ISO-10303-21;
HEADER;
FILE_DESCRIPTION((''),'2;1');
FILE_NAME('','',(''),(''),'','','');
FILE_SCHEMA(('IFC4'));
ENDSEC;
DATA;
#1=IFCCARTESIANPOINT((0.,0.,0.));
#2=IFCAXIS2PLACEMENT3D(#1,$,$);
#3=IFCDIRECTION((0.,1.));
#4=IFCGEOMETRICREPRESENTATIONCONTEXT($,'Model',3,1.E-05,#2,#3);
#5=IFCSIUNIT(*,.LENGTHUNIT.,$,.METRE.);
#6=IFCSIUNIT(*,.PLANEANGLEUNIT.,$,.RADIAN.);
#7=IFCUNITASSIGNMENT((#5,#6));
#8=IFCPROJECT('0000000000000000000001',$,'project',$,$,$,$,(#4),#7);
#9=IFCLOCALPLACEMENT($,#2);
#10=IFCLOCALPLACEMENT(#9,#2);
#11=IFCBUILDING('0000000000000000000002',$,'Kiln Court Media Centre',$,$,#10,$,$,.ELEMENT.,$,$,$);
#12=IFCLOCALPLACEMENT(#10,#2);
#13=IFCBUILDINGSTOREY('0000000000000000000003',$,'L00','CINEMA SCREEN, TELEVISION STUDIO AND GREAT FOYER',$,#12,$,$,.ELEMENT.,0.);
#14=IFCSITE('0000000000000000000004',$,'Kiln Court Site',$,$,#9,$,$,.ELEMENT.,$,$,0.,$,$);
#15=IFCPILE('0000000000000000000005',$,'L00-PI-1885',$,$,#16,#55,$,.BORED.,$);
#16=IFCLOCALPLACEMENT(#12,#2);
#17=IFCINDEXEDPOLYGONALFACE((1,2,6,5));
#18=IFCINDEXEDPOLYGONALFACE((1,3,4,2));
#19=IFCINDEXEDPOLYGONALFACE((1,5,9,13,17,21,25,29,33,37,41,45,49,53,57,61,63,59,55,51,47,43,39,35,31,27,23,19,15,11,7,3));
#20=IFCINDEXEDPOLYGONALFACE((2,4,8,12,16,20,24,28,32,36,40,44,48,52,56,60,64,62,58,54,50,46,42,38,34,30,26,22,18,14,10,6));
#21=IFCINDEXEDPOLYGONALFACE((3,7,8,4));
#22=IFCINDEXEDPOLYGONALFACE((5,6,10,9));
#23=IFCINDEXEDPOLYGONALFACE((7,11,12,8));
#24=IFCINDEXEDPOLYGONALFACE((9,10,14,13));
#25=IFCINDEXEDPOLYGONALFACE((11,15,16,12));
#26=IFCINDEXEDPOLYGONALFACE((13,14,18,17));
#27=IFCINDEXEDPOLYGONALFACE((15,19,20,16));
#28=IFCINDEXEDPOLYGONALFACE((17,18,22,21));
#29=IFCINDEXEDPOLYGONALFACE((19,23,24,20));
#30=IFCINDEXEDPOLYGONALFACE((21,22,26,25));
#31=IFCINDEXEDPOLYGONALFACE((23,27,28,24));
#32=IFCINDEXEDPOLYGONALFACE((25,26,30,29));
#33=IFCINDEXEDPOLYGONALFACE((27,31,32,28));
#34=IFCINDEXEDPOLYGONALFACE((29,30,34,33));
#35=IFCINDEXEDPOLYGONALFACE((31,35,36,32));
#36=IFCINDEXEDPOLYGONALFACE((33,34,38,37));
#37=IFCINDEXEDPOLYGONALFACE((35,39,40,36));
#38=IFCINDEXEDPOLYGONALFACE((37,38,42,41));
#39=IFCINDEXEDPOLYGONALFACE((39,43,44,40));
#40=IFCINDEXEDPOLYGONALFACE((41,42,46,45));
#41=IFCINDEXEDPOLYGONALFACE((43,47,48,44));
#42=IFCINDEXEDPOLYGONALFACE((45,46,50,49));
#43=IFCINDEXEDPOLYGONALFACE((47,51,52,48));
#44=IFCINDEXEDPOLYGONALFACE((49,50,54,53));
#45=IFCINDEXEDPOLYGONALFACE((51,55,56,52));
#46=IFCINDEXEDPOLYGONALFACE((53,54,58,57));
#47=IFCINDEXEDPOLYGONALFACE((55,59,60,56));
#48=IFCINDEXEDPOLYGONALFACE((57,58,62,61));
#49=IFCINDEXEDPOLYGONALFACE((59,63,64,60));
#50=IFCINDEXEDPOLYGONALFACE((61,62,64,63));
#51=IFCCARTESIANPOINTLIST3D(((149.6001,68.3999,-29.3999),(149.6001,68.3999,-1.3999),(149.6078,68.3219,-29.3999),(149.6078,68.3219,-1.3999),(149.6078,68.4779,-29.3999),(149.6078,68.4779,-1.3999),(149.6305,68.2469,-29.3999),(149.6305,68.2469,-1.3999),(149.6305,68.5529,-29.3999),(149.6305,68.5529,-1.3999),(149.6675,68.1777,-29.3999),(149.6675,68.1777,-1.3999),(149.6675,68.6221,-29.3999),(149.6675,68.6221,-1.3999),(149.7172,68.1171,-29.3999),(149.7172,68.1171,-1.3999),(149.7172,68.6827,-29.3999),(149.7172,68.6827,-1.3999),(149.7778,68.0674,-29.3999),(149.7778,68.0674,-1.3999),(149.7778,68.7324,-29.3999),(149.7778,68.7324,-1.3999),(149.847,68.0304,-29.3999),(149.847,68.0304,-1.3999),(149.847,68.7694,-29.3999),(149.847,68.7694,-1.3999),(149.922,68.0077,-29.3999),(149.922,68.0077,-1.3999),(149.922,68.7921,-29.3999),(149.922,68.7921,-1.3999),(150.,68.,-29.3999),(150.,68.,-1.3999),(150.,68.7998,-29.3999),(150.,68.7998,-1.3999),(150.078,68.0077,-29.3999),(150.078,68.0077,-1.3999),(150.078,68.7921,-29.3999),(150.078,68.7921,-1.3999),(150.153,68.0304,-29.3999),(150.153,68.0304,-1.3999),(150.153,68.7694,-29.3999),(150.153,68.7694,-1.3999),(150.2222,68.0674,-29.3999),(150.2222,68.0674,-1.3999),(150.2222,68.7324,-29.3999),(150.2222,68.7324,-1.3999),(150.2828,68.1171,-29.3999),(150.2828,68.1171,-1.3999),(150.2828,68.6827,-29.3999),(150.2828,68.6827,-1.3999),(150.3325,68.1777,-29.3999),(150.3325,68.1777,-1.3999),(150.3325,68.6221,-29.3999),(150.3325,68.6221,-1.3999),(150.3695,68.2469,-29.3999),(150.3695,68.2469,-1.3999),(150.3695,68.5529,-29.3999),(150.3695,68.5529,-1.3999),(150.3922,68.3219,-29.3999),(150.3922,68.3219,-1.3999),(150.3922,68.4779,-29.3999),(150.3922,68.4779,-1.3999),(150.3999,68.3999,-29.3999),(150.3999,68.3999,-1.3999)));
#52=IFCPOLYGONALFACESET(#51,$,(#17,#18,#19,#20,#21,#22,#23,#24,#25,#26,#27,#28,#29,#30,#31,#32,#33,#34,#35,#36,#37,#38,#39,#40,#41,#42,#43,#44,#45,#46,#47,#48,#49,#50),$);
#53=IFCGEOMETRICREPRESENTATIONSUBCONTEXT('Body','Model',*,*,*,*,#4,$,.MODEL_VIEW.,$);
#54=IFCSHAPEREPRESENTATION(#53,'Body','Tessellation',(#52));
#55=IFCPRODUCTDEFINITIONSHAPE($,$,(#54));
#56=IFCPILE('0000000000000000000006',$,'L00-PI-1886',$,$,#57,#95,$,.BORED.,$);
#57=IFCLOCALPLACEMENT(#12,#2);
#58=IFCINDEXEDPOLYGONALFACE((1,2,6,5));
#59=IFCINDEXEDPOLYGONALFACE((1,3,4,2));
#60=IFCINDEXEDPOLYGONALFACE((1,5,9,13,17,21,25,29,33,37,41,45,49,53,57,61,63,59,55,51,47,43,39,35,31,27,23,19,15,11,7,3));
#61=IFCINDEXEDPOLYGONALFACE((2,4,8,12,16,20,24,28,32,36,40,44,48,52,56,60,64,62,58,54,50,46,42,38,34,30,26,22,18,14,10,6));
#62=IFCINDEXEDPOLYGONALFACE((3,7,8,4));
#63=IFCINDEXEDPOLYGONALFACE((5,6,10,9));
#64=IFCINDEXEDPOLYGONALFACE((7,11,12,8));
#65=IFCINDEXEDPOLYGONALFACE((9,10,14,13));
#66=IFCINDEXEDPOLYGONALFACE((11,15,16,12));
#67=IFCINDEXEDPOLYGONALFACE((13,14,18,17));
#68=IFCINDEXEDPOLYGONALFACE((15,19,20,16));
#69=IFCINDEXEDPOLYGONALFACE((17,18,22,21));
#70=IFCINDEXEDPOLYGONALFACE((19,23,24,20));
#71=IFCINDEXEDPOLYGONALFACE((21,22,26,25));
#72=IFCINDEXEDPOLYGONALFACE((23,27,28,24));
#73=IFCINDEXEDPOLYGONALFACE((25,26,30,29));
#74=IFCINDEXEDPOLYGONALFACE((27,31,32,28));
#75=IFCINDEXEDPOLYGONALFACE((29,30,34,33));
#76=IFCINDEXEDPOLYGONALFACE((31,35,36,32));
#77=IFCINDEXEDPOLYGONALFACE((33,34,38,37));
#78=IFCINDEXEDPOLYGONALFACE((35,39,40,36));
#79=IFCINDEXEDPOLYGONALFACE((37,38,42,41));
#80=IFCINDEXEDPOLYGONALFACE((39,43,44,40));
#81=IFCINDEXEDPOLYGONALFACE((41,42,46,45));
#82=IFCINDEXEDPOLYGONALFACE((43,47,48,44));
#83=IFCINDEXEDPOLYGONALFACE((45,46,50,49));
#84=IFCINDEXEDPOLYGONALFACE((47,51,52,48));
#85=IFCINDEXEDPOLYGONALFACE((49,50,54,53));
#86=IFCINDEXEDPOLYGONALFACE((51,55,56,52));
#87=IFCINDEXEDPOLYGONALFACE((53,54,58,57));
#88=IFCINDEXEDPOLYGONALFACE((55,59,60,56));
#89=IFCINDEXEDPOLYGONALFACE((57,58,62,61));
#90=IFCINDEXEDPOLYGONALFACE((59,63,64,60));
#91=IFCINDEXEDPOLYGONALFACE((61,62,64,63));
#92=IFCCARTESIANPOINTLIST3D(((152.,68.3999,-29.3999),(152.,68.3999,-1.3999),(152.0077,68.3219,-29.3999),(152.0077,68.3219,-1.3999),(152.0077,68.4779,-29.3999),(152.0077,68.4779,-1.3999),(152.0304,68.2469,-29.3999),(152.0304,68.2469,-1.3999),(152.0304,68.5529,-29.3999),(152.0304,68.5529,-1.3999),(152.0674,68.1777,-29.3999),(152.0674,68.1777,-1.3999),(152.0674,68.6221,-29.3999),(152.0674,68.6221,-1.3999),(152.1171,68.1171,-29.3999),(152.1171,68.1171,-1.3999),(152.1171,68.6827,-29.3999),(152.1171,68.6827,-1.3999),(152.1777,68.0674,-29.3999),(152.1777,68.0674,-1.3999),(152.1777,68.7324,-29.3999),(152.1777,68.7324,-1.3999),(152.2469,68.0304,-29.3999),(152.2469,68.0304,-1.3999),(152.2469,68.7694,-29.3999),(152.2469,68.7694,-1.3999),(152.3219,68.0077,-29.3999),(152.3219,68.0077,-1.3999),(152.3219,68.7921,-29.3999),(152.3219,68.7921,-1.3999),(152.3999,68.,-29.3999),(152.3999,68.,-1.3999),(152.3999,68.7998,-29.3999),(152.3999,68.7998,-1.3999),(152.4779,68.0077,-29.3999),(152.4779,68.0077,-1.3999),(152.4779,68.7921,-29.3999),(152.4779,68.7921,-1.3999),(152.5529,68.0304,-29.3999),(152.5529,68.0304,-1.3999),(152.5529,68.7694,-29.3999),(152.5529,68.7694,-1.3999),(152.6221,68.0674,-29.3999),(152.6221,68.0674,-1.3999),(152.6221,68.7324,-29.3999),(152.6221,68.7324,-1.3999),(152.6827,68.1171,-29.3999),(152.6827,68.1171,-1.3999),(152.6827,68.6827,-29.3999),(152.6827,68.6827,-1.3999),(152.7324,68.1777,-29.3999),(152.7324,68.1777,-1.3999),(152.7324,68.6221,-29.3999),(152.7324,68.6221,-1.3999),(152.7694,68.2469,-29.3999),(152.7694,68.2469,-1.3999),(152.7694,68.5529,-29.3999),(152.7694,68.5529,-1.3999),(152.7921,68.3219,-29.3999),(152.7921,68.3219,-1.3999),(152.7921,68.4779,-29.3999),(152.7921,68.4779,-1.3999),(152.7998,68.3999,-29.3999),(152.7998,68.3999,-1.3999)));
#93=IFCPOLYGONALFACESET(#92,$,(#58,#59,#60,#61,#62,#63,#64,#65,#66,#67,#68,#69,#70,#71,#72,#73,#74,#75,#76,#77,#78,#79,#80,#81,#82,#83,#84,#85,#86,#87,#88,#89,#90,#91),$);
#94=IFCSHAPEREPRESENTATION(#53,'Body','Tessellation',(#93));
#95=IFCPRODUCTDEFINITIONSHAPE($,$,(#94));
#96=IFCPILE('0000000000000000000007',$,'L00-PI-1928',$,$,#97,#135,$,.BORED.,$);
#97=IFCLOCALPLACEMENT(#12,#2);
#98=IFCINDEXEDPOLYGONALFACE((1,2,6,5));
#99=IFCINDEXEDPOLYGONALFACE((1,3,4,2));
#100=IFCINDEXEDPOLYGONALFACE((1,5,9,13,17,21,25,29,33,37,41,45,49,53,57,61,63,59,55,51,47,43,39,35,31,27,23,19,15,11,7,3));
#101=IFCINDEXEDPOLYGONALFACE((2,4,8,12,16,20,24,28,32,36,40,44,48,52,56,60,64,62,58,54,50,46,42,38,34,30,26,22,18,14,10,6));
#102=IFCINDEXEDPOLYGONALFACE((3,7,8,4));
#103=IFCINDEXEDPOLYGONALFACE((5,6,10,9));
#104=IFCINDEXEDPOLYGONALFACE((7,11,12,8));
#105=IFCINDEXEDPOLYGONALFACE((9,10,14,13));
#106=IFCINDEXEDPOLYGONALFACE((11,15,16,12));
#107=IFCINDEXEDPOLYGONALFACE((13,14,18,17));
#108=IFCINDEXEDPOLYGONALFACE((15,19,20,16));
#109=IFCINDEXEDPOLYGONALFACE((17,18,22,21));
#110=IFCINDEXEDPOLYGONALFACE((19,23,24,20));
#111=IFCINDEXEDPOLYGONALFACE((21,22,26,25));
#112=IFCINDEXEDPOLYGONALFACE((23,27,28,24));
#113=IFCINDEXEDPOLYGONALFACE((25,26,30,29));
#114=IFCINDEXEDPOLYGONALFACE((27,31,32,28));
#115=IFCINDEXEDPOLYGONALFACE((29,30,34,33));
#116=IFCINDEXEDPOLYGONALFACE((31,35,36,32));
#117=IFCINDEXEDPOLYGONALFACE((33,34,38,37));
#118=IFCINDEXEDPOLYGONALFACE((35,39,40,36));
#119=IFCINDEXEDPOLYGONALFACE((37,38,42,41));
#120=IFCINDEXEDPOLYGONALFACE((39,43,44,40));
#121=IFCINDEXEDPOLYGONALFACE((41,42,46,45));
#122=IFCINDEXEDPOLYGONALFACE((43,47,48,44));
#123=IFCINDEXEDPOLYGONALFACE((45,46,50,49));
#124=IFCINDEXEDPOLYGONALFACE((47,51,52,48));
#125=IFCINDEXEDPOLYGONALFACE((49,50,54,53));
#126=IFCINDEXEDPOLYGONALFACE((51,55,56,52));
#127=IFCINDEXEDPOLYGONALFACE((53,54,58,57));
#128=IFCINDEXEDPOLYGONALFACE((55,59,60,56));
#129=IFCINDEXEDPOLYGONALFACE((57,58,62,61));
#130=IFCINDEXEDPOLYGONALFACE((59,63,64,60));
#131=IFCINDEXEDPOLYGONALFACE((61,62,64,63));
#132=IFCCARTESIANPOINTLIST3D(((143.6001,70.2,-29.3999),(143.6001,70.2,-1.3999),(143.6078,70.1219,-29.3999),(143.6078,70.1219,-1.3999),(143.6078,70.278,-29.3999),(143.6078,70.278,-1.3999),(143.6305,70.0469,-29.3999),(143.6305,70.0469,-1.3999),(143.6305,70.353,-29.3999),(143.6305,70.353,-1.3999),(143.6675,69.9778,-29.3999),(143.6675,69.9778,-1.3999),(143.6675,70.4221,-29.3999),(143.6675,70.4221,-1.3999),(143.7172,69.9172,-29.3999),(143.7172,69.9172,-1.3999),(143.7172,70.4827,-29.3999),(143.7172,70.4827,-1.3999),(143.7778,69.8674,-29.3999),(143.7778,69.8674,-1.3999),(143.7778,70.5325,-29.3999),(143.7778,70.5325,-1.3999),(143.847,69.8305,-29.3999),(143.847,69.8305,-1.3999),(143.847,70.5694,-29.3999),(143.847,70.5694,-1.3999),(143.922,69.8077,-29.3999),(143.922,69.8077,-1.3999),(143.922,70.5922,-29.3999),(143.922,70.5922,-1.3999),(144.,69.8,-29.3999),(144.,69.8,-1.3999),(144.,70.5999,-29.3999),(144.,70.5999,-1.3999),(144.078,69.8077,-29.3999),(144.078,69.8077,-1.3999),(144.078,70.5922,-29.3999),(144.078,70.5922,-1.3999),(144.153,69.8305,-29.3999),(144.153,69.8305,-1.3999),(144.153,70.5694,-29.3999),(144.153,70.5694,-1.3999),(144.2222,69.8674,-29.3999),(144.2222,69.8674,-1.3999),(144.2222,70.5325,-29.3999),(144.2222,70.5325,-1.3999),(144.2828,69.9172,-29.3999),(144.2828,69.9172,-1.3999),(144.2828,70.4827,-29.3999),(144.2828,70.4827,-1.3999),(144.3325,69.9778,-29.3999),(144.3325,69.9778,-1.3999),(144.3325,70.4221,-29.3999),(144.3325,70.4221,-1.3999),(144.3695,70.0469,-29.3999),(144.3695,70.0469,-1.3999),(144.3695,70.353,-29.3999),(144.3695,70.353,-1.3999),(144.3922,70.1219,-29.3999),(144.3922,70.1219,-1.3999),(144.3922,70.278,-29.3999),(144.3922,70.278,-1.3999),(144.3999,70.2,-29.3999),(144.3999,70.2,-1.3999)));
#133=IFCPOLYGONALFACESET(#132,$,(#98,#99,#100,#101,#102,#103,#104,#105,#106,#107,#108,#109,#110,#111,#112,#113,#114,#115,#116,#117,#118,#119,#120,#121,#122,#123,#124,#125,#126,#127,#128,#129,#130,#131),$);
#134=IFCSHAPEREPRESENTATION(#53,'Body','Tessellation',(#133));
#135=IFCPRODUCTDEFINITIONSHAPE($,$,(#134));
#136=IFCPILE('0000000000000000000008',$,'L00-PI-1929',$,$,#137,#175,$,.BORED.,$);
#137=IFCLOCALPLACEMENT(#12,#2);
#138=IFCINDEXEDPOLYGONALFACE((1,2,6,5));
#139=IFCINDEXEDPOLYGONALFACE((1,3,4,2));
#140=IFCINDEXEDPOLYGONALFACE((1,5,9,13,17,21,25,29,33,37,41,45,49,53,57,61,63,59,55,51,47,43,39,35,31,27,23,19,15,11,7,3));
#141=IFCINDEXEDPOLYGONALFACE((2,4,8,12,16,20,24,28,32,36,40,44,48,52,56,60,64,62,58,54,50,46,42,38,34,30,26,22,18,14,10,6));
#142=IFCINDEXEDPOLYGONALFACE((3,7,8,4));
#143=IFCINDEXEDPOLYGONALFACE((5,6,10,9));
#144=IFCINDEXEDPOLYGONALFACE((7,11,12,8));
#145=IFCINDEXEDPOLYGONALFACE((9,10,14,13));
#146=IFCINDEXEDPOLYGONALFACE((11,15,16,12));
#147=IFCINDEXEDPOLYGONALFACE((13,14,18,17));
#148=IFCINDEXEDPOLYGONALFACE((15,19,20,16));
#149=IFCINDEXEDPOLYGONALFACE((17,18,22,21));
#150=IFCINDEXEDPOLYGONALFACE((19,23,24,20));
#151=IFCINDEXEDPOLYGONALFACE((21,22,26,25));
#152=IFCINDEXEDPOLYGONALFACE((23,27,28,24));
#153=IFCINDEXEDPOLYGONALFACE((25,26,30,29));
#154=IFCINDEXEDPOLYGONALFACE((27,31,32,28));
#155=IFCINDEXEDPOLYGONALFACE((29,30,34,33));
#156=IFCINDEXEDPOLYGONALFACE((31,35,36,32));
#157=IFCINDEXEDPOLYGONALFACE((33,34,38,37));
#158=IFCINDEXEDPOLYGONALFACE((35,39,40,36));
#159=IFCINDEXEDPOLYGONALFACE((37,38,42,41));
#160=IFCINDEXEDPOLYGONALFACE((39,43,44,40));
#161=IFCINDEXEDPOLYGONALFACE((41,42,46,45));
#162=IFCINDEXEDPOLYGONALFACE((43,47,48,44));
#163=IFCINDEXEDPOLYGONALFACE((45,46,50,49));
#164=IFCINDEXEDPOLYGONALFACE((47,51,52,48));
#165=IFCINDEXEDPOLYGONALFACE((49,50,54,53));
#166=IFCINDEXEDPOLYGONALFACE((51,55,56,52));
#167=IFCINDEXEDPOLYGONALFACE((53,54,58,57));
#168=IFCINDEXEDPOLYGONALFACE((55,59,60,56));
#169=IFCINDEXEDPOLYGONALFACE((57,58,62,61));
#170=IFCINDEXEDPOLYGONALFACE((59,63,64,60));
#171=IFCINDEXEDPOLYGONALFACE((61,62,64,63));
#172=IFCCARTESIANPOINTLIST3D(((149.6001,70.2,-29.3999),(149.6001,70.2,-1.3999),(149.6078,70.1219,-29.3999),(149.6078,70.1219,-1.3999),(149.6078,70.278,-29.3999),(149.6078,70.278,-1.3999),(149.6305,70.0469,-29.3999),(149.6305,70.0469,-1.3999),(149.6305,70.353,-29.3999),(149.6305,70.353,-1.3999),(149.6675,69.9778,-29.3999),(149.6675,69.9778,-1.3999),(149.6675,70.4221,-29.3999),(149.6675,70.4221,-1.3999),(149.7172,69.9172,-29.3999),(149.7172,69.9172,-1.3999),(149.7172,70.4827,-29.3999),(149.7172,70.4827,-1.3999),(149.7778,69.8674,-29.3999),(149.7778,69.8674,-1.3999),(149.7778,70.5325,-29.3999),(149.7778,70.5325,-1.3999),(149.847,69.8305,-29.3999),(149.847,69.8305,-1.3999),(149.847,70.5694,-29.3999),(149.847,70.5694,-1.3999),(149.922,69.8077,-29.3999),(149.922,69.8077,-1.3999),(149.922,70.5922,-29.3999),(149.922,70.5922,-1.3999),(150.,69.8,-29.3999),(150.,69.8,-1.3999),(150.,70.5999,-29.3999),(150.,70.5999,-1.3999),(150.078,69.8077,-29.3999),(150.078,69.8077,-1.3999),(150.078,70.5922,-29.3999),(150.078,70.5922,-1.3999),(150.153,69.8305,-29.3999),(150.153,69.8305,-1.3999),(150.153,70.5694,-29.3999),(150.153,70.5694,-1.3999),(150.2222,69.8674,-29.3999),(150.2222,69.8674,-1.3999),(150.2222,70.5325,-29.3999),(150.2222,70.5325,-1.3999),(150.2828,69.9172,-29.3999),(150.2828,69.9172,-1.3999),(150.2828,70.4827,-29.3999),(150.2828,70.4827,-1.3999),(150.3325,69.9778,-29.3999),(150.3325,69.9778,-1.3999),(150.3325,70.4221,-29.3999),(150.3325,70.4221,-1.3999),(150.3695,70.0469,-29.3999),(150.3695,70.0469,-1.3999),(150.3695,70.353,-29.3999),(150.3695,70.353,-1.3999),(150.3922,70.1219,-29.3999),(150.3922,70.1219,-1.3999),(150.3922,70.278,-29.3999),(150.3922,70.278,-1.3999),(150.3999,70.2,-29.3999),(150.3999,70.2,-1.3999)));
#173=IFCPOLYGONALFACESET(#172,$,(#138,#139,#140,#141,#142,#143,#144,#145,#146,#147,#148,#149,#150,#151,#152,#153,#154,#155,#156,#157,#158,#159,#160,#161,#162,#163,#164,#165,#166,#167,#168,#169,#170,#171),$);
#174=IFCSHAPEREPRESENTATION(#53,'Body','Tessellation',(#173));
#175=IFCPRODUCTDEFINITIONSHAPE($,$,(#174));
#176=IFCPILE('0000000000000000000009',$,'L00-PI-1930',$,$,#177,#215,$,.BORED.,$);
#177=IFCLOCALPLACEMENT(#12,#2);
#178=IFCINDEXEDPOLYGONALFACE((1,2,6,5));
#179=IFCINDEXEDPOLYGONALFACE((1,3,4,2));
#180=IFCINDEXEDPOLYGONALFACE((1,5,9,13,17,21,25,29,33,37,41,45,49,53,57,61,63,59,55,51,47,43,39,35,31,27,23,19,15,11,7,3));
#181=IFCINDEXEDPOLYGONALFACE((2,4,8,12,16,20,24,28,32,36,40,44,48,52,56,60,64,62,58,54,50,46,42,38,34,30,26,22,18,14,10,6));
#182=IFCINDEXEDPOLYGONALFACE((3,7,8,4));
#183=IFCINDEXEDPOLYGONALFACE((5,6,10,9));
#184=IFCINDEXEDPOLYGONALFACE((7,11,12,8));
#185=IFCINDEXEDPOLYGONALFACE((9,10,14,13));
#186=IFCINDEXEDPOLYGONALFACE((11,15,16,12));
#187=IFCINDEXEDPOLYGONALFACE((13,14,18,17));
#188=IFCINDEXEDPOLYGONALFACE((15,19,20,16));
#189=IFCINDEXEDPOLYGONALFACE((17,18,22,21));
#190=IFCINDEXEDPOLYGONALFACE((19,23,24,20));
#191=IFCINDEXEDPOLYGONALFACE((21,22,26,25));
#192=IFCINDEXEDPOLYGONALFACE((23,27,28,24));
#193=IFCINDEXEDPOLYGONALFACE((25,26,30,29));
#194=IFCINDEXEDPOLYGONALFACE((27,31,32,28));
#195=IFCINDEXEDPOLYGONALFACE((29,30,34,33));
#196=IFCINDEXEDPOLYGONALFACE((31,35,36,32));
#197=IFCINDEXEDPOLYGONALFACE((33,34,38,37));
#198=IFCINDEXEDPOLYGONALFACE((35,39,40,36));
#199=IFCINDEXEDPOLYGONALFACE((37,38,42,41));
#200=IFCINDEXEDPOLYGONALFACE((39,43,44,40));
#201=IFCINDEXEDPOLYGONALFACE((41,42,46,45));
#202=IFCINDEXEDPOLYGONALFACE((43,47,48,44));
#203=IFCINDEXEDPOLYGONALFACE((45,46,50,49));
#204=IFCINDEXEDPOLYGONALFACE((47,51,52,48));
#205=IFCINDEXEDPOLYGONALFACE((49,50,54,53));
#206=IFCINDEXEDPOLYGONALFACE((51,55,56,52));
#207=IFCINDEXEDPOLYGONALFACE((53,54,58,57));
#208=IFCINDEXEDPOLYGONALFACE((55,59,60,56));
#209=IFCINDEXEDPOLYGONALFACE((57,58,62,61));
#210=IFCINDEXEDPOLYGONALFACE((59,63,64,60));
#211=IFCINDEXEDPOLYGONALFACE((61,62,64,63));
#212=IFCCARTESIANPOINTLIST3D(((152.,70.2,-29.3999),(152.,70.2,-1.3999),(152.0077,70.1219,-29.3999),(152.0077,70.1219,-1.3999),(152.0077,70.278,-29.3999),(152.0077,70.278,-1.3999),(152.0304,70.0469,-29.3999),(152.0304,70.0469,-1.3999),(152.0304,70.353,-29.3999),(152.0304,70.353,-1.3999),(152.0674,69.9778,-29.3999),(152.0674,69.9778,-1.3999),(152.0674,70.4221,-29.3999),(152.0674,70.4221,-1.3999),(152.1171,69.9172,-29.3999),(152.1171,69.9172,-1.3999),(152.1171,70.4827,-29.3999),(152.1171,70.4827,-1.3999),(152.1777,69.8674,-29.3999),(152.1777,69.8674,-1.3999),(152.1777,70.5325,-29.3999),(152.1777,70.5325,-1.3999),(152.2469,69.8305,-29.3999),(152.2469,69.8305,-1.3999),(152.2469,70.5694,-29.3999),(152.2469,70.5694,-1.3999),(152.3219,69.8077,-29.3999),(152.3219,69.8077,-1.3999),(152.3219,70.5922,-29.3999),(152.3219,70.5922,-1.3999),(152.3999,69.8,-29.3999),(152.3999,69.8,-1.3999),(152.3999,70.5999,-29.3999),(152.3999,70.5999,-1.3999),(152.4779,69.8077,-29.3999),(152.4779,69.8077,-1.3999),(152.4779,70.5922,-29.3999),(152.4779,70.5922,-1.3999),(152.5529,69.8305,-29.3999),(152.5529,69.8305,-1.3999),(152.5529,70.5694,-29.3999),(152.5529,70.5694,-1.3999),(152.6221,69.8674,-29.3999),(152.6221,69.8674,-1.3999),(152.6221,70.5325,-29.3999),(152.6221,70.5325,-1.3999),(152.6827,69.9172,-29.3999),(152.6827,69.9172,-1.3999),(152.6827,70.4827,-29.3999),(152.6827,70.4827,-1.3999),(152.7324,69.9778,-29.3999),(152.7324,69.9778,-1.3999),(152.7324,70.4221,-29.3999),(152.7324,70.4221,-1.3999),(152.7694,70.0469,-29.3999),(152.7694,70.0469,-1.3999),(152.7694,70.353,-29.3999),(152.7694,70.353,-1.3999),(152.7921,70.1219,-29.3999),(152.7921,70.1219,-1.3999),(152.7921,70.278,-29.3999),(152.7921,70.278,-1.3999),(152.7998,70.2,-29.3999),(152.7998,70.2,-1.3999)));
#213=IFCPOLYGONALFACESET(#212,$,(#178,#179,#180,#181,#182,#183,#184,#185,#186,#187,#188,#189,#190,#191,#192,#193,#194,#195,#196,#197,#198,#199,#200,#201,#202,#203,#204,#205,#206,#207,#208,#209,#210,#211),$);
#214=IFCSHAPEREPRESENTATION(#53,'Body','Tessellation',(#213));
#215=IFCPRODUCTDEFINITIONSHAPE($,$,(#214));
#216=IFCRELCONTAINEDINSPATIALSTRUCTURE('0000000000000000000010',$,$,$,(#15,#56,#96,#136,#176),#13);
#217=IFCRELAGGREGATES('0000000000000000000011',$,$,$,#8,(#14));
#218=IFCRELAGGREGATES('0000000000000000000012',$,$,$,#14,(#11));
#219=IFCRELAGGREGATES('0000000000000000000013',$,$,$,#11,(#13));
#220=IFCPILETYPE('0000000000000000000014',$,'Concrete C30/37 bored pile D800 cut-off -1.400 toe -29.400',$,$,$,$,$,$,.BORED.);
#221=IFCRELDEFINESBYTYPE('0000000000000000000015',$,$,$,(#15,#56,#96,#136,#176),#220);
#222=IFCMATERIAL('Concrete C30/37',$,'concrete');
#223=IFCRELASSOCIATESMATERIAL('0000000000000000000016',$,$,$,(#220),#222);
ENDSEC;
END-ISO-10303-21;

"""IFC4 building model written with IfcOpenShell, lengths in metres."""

from ifc_helpers import new_model, si_unit, direction, frame, origin, origin_2d, place, context, subcontext, project, spatial, circle, extrude, material, material_profile, profile_set, type_object, element, save


model = new_model("IFC4")

# Units and contexts
model_context = context("Model", 3, precision=1e-05, world=origin(), true_north=direction((0.0, 1.0)))
body_context = subcontext(model_context, "Body", "Model", "MODEL_VIEW")
ifc_project = project(units=[si_unit("LENGTHUNIT", "METRE"), si_unit("PLANEANGLEUNIT", "RADIAN")], contexts=[model_context])

# Site, building, storey
site_placement = place(None, origin())
site = spatial("IfcSite", under=ifc_project, at=site_placement, Name="Kiln Court Site", CompositionType="ELEMENT", RefElevation=0.0)
building_placement = place(site_placement, origin())
building = spatial("IfcBuilding", under=site, at=building_placement, Name="Kiln Court Media Centre", CompositionType="ELEMENT")
storey_placement = place(building_placement, origin())
storey = spatial("IfcBuildingStorey", under=building, at=storey_placement, Name="L00", Description="CINEMA SCREEN, TELEVISION STUDIO AND GREAT FOYER", CompositionType="ELEMENT", Elevation=0.0)

# Piles
ifc_material_1 = material(Name="Concrete C30/37", Category="concrete")
ifc_material_profile_1 = material_profile(ifc_material_1, circle(Radius=0.3999, at=origin_2d()), Name="PILE D800")
ifc_profile_set_1 = profile_set([ifc_material_profile_1], Name="Concrete C30/37")
pile_type = type_object("IfcPileType", Name="Concrete C30/37 bored pile D800 cut-off -1.400 toe -29.400", PredefinedType="BORED", material=ifc_profile_set_1)
for number, where, z_axis, x_axis, name in (
    (1, (150.0, 68.3999, -1.3999), (0.0, 0.0, -1.0), (1.0, 0.0, 0.0), "L00-PI-1885"),
    (2, (152.3999, 68.3999, -1.3999), (0.0, 0.0, -1.0), (1.0, 0.0, 0.0), "L00-PI-1886"),
    (3, (144.0, 70.2, -1.3999), (0.0, 0.0, -1.0), (1.0, 0.0, 0.0), "L00-PI-1928"),
    (4, (150.0, 70.2, -1.3999), (0.0, 0.0, -1.0), (1.0, 0.0, 0.0), "L00-PI-1929"),
    (5, (152.3999, 70.2, -1.3999), (0.0, 0.0, -1.0), (1.0, 0.0, 0.0), "L00-PI-1930"),
):
    element("IfcPile", number, at=place(storey_placement, frame(where, z_axis=z_axis, x_axis=x_axis)), inside=storey, type_object=pile_type, Name=name, PredefinedType="BORED", context=body_context, shape_type="SweptSolid", body=[
        extrude(circle(Radius=0.3999, at=origin_2d()), origin(), (0.0, 0.0, 1.0), 28.0),
    ])

save(model, "model.ifc")
